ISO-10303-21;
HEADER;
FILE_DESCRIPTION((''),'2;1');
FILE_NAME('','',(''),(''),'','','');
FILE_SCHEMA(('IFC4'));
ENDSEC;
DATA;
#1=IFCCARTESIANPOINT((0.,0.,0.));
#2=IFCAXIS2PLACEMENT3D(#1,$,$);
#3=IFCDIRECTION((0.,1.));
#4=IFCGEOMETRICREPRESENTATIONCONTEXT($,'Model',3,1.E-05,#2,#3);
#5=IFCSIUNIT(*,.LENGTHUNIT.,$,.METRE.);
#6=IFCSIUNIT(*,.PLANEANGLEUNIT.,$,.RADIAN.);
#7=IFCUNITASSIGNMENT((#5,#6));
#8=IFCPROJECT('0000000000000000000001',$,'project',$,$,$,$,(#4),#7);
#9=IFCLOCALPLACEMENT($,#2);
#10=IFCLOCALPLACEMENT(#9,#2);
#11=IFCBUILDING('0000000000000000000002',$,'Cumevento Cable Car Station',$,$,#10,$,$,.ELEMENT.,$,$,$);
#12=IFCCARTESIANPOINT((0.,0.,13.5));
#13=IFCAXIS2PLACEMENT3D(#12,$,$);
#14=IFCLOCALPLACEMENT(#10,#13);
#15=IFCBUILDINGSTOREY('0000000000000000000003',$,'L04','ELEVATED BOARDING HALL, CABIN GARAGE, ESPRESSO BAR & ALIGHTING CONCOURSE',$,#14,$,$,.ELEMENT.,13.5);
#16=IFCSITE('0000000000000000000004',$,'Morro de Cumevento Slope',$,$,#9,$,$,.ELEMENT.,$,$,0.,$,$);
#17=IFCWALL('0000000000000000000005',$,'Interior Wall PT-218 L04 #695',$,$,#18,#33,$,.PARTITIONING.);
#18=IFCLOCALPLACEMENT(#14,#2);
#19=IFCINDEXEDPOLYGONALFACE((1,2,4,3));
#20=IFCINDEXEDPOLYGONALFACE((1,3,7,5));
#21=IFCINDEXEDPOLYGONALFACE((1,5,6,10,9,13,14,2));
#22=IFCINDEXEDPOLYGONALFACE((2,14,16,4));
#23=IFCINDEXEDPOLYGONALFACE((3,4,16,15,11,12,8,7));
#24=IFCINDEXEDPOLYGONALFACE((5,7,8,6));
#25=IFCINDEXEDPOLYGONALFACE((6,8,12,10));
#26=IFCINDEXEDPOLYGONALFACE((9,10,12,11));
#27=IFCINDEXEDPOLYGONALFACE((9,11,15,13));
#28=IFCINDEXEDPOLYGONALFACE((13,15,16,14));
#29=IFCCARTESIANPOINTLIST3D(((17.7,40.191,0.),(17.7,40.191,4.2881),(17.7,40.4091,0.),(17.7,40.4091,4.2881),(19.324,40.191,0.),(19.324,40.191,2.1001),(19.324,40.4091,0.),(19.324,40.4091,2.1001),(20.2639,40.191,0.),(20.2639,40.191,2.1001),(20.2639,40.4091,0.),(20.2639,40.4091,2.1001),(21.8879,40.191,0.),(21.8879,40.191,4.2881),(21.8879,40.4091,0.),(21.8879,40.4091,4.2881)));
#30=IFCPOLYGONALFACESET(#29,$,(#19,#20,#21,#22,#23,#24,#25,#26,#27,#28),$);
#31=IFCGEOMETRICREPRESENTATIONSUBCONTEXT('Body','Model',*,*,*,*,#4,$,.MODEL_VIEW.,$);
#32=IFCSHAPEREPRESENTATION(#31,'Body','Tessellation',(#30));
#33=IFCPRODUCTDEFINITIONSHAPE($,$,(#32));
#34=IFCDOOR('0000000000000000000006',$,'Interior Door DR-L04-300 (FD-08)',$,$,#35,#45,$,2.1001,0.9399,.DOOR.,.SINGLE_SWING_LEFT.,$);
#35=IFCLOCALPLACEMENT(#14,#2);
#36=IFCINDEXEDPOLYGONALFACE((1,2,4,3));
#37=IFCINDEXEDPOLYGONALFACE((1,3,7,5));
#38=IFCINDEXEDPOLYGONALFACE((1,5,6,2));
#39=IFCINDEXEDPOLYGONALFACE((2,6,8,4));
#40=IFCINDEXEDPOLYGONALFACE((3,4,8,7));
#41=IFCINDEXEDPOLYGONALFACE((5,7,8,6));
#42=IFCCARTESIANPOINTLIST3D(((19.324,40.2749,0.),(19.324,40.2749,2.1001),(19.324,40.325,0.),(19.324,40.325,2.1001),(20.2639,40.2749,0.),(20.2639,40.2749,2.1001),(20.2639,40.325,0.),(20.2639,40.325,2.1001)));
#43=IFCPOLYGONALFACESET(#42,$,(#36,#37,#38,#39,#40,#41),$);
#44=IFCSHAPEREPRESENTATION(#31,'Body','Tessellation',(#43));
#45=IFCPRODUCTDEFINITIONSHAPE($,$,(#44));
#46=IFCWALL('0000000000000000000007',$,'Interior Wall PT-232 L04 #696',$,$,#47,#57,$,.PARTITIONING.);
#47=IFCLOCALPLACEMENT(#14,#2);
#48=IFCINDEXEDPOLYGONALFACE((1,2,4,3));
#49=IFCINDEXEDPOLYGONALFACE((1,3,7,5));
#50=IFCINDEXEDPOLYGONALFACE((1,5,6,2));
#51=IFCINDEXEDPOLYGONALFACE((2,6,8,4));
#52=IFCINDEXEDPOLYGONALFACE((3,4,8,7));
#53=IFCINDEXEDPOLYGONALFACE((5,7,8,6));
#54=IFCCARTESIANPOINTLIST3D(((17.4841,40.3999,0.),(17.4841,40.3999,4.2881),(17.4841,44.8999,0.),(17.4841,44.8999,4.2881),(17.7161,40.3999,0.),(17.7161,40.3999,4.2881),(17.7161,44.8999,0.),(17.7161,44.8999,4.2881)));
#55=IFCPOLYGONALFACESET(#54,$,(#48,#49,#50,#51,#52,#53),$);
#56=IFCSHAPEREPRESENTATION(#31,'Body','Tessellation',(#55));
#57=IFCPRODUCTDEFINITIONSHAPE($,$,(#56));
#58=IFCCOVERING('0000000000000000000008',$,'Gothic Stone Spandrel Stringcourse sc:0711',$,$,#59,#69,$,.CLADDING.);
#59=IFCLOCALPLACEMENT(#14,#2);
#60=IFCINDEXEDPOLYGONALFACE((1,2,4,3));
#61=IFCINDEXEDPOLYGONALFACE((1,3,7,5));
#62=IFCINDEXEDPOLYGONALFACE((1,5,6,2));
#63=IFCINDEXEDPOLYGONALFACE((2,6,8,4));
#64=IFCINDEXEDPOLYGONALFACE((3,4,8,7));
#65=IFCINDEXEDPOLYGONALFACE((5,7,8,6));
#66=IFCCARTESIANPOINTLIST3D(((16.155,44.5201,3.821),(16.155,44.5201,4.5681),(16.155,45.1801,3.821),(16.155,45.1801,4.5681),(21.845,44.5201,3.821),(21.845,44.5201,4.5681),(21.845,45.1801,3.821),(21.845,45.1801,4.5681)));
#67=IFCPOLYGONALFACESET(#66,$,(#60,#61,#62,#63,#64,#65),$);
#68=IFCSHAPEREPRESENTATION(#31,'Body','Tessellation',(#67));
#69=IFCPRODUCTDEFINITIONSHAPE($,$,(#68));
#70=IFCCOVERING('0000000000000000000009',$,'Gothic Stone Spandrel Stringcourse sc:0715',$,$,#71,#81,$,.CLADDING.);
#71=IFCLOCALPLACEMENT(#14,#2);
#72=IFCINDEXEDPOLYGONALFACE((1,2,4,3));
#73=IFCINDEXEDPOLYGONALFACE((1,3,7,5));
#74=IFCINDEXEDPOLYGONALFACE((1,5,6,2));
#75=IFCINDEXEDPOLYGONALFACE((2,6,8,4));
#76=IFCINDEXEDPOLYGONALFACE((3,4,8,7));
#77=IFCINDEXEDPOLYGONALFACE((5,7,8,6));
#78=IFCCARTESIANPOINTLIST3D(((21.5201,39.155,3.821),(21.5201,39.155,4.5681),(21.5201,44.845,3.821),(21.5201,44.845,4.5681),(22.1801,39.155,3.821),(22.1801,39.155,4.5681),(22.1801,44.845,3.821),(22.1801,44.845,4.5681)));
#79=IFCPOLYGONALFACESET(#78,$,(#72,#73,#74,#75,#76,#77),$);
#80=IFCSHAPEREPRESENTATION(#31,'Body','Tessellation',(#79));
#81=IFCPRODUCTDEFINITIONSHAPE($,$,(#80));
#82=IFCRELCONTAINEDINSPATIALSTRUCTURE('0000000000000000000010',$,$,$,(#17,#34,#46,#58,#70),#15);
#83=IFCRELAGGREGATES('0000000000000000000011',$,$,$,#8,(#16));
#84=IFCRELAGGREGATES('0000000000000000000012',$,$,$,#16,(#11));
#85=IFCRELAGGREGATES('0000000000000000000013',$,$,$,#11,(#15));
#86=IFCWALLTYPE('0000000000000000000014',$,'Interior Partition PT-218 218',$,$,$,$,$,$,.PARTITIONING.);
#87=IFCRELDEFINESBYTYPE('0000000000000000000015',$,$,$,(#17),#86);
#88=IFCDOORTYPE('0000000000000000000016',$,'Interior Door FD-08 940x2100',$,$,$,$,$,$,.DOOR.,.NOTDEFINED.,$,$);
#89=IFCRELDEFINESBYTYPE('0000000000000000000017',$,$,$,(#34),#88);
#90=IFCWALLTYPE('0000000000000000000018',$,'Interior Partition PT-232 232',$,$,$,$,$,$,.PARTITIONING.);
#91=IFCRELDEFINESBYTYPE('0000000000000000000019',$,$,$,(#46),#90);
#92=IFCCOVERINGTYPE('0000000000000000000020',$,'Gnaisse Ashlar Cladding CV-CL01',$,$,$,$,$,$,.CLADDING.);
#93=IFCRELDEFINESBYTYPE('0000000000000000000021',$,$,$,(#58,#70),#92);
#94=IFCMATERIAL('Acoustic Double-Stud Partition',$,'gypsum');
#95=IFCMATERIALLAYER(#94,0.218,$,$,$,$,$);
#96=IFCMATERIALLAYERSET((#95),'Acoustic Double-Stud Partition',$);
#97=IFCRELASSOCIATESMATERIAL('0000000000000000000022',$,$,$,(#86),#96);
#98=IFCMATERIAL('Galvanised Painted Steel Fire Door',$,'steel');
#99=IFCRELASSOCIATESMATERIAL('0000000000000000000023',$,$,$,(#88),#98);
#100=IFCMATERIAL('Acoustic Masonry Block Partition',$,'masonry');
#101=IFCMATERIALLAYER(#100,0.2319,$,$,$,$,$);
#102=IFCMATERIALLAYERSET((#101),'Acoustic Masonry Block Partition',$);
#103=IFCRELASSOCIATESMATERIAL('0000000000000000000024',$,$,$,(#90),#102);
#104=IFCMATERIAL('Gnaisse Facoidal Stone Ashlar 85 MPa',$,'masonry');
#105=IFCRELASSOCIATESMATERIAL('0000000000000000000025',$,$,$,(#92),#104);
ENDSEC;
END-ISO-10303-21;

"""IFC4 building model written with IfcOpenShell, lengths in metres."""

from ifc_helpers import new_model, si_unit, direction, frame, frame_2d, origin, origin_2d, place, context, subcontext, project, spatial, rectangle, extrude, material, layer, layer_set, type_object, element, fill, save


model = new_model("IFC4")

# Units and contexts
model_context = context("Model", 3, precision=1e-05, world=origin(), true_north=direction((0.0, 1.0)))
body_context = subcontext(model_context, "Body", "Model", "MODEL_VIEW")
ifc_project = project(units=[si_unit("LENGTHUNIT", "METRE"), si_unit("PLANEANGLEUNIT", "RADIAN")], contexts=[model_context])

# Site, building, storey
site_placement = place(None, origin())
site = spatial("IfcSite", under=ifc_project, at=site_placement, Name="Morro de Cumevento Slope", CompositionType="ELEMENT", RefElevation=0.0)
building_placement = place(site_placement, origin())
building = spatial("IfcBuilding", under=site, at=building_placement, Name="Cumevento Cable Car Station", CompositionType="ELEMENT")
storey_placement = place(building_placement, frame((0.0, 0.0, 13.5)))
storey = spatial("IfcBuildingStorey", under=building, at=storey_placement, Name="L04", Description="ELEVATED BOARDING HALL, CABIN GARAGE, ESPRESSO BAR & ALIGHTING CONCOURSE", CompositionType="ELEMENT", Elevation=13.5)

# Wall, opening, door
ifc_material_1 = material(Name="Acoustic Double-Stud Partition", Category="gypsum")
ifc_layer_1 = layer(ifc_material_1, 0.218)
ifc_layer_set_1 = layer_set([ifc_layer_1], Name="Acoustic Double-Stud Partition")
wall_type_1 = type_object("IfcWallType", Name="Interior Partition PT-218 218", PredefinedType="PARTITIONING", material=ifc_layer_set_1)
wall_1_placement = place(storey_placement, frame((17.7, 40.3, 0.0), z_axis=(0.0, 0.0, 1.0), x_axis=(1.0, 0.0, 0.0)))
wall_1 = element("IfcWall", 1, at=wall_1_placement, inside=storey, type_object=wall_type_1, Name="Interior Wall PT-218 L04 #695", PredefinedType="PARTITIONING", context=body_context, shape_type="SweptSolid", body=[
    extrude(rectangle(XDim=4.188, YDim=0.218, at=frame_2d((2.094, 0.0))), origin(), (0.0, 0.0, 1.0), 4.2881),
])
opening_placement = place(wall_1_placement, frame((1.624, 0.0, 0.0)))
opening = element("IfcOpeningElement", 2, at=opening_placement, cuts=wall_1, PredefinedType="OPENING", context=body_context, shape_type="SweptSolid", body=[
    extrude(rectangle(XDim=0.9399, YDim=2.1001, at=frame_2d((0.47, 1.05))), frame((0.0, 0.1189, 0.0), z_axis=(0.0, -1.0, 0.0), x_axis=(1.0, 0.0, 0.0)), (0.0, 0.0, 1.0), 0.238),
])
ifc_material_2 = material(Name="Galvanised Painted Steel Fire Door", Category="steel")
door_type = type_object("IfcDoorType", Name="Interior Door FD-08 940x2100", OperationType="NOTDEFINED", PredefinedType="DOOR", material=ifc_material_2)
door_placement = place(opening_placement, origin())
door = element("IfcDoor", 3, at=door_placement, inside=storey, type_object=door_type, Name="Interior Door DR-L04-300 (FD-08)", OperationType="SINGLE_SWING_LEFT", OverallHeight=2.1001, OverallWidth=0.9399, PredefinedType="DOOR", context=body_context, shape_type="SweptSolid", body=[
    extrude(rectangle(XDim=0.9399, YDim=2.1001, at=frame_2d((0.47, 1.05))), frame((0.0, 0.0249, 0.0), z_axis=(0.0, -1.0, 0.0), x_axis=(1.0, 0.0, 0.0)), (0.0, 0.0, 1.0), 0.05),
])
fill(opening, door)

# Wall
ifc_material_3 = material(Name="Acoustic Masonry Block Partition", Category="masonry")
ifc_layer_2 = layer(ifc_material_3, 0.2319)
ifc_layer_set_2 = layer_set([ifc_layer_2], Name="Acoustic Masonry Block Partition")
wall_type_2 = type_object("IfcWallType", Name="Interior Partition PT-232 232", PredefinedType="PARTITIONING", material=ifc_layer_set_2)
wall_2_placement = place(storey_placement, frame((17.6001, 40.3999, 0.0), z_axis=(0.0, 0.0, 1.0), x_axis=(0.0, 1.0, 0.0)))
element("IfcWall", 4, at=wall_2_placement, inside=storey, type_object=wall_type_2, Name="Interior Wall PT-232 L04 #696", PredefinedType="PARTITIONING", context=body_context, shape_type="SweptSolid", body=[
    extrude(rectangle(XDim=4.5, YDim=0.2319, at=frame_2d((2.25, 0.0))), origin(), (0.0, 0.0, 1.0), 4.2881),
])

# Coverings
ifc_material_4 = material(Name="Gnaisse Facoidal Stone Ashlar 85 MPa", Category="masonry")
covering_type = type_object("IfcCoveringType", Name="Gnaisse Ashlar Cladding CV-CL01", PredefinedType="CLADDING", material=ifc_material_4)
for number, where, z_axis, x_axis, name in (
    (5, (19.0, 44.8501, 3.821), (0.0, 0.0, 1.0), (1.0, 0.0, 0.0), "Gothic Stone Spandrel Stringcourse sc:0711"),
    (6, (21.8501, 42.0, 3.821), (0.0, 0.0, 1.0), (0.0, -1.0, 0.0), "Gothic Stone Spandrel Stringcourse sc:0715"),
):
    element("IfcCovering", number, at=place(storey_placement, frame(where, z_axis=z_axis, x_axis=x_axis)), inside=storey, type_object=covering_type, Name=name, PredefinedType="CLADDING", context=body_context, shape_type="SweptSolid", body=[
        extrude(rectangle(XDim=5.6899, YDim=0.6599, at=origin_2d()), origin(), (0.0, 0.0, 1.0), 0.7471),
    ])

save(model, "model.ifc")
